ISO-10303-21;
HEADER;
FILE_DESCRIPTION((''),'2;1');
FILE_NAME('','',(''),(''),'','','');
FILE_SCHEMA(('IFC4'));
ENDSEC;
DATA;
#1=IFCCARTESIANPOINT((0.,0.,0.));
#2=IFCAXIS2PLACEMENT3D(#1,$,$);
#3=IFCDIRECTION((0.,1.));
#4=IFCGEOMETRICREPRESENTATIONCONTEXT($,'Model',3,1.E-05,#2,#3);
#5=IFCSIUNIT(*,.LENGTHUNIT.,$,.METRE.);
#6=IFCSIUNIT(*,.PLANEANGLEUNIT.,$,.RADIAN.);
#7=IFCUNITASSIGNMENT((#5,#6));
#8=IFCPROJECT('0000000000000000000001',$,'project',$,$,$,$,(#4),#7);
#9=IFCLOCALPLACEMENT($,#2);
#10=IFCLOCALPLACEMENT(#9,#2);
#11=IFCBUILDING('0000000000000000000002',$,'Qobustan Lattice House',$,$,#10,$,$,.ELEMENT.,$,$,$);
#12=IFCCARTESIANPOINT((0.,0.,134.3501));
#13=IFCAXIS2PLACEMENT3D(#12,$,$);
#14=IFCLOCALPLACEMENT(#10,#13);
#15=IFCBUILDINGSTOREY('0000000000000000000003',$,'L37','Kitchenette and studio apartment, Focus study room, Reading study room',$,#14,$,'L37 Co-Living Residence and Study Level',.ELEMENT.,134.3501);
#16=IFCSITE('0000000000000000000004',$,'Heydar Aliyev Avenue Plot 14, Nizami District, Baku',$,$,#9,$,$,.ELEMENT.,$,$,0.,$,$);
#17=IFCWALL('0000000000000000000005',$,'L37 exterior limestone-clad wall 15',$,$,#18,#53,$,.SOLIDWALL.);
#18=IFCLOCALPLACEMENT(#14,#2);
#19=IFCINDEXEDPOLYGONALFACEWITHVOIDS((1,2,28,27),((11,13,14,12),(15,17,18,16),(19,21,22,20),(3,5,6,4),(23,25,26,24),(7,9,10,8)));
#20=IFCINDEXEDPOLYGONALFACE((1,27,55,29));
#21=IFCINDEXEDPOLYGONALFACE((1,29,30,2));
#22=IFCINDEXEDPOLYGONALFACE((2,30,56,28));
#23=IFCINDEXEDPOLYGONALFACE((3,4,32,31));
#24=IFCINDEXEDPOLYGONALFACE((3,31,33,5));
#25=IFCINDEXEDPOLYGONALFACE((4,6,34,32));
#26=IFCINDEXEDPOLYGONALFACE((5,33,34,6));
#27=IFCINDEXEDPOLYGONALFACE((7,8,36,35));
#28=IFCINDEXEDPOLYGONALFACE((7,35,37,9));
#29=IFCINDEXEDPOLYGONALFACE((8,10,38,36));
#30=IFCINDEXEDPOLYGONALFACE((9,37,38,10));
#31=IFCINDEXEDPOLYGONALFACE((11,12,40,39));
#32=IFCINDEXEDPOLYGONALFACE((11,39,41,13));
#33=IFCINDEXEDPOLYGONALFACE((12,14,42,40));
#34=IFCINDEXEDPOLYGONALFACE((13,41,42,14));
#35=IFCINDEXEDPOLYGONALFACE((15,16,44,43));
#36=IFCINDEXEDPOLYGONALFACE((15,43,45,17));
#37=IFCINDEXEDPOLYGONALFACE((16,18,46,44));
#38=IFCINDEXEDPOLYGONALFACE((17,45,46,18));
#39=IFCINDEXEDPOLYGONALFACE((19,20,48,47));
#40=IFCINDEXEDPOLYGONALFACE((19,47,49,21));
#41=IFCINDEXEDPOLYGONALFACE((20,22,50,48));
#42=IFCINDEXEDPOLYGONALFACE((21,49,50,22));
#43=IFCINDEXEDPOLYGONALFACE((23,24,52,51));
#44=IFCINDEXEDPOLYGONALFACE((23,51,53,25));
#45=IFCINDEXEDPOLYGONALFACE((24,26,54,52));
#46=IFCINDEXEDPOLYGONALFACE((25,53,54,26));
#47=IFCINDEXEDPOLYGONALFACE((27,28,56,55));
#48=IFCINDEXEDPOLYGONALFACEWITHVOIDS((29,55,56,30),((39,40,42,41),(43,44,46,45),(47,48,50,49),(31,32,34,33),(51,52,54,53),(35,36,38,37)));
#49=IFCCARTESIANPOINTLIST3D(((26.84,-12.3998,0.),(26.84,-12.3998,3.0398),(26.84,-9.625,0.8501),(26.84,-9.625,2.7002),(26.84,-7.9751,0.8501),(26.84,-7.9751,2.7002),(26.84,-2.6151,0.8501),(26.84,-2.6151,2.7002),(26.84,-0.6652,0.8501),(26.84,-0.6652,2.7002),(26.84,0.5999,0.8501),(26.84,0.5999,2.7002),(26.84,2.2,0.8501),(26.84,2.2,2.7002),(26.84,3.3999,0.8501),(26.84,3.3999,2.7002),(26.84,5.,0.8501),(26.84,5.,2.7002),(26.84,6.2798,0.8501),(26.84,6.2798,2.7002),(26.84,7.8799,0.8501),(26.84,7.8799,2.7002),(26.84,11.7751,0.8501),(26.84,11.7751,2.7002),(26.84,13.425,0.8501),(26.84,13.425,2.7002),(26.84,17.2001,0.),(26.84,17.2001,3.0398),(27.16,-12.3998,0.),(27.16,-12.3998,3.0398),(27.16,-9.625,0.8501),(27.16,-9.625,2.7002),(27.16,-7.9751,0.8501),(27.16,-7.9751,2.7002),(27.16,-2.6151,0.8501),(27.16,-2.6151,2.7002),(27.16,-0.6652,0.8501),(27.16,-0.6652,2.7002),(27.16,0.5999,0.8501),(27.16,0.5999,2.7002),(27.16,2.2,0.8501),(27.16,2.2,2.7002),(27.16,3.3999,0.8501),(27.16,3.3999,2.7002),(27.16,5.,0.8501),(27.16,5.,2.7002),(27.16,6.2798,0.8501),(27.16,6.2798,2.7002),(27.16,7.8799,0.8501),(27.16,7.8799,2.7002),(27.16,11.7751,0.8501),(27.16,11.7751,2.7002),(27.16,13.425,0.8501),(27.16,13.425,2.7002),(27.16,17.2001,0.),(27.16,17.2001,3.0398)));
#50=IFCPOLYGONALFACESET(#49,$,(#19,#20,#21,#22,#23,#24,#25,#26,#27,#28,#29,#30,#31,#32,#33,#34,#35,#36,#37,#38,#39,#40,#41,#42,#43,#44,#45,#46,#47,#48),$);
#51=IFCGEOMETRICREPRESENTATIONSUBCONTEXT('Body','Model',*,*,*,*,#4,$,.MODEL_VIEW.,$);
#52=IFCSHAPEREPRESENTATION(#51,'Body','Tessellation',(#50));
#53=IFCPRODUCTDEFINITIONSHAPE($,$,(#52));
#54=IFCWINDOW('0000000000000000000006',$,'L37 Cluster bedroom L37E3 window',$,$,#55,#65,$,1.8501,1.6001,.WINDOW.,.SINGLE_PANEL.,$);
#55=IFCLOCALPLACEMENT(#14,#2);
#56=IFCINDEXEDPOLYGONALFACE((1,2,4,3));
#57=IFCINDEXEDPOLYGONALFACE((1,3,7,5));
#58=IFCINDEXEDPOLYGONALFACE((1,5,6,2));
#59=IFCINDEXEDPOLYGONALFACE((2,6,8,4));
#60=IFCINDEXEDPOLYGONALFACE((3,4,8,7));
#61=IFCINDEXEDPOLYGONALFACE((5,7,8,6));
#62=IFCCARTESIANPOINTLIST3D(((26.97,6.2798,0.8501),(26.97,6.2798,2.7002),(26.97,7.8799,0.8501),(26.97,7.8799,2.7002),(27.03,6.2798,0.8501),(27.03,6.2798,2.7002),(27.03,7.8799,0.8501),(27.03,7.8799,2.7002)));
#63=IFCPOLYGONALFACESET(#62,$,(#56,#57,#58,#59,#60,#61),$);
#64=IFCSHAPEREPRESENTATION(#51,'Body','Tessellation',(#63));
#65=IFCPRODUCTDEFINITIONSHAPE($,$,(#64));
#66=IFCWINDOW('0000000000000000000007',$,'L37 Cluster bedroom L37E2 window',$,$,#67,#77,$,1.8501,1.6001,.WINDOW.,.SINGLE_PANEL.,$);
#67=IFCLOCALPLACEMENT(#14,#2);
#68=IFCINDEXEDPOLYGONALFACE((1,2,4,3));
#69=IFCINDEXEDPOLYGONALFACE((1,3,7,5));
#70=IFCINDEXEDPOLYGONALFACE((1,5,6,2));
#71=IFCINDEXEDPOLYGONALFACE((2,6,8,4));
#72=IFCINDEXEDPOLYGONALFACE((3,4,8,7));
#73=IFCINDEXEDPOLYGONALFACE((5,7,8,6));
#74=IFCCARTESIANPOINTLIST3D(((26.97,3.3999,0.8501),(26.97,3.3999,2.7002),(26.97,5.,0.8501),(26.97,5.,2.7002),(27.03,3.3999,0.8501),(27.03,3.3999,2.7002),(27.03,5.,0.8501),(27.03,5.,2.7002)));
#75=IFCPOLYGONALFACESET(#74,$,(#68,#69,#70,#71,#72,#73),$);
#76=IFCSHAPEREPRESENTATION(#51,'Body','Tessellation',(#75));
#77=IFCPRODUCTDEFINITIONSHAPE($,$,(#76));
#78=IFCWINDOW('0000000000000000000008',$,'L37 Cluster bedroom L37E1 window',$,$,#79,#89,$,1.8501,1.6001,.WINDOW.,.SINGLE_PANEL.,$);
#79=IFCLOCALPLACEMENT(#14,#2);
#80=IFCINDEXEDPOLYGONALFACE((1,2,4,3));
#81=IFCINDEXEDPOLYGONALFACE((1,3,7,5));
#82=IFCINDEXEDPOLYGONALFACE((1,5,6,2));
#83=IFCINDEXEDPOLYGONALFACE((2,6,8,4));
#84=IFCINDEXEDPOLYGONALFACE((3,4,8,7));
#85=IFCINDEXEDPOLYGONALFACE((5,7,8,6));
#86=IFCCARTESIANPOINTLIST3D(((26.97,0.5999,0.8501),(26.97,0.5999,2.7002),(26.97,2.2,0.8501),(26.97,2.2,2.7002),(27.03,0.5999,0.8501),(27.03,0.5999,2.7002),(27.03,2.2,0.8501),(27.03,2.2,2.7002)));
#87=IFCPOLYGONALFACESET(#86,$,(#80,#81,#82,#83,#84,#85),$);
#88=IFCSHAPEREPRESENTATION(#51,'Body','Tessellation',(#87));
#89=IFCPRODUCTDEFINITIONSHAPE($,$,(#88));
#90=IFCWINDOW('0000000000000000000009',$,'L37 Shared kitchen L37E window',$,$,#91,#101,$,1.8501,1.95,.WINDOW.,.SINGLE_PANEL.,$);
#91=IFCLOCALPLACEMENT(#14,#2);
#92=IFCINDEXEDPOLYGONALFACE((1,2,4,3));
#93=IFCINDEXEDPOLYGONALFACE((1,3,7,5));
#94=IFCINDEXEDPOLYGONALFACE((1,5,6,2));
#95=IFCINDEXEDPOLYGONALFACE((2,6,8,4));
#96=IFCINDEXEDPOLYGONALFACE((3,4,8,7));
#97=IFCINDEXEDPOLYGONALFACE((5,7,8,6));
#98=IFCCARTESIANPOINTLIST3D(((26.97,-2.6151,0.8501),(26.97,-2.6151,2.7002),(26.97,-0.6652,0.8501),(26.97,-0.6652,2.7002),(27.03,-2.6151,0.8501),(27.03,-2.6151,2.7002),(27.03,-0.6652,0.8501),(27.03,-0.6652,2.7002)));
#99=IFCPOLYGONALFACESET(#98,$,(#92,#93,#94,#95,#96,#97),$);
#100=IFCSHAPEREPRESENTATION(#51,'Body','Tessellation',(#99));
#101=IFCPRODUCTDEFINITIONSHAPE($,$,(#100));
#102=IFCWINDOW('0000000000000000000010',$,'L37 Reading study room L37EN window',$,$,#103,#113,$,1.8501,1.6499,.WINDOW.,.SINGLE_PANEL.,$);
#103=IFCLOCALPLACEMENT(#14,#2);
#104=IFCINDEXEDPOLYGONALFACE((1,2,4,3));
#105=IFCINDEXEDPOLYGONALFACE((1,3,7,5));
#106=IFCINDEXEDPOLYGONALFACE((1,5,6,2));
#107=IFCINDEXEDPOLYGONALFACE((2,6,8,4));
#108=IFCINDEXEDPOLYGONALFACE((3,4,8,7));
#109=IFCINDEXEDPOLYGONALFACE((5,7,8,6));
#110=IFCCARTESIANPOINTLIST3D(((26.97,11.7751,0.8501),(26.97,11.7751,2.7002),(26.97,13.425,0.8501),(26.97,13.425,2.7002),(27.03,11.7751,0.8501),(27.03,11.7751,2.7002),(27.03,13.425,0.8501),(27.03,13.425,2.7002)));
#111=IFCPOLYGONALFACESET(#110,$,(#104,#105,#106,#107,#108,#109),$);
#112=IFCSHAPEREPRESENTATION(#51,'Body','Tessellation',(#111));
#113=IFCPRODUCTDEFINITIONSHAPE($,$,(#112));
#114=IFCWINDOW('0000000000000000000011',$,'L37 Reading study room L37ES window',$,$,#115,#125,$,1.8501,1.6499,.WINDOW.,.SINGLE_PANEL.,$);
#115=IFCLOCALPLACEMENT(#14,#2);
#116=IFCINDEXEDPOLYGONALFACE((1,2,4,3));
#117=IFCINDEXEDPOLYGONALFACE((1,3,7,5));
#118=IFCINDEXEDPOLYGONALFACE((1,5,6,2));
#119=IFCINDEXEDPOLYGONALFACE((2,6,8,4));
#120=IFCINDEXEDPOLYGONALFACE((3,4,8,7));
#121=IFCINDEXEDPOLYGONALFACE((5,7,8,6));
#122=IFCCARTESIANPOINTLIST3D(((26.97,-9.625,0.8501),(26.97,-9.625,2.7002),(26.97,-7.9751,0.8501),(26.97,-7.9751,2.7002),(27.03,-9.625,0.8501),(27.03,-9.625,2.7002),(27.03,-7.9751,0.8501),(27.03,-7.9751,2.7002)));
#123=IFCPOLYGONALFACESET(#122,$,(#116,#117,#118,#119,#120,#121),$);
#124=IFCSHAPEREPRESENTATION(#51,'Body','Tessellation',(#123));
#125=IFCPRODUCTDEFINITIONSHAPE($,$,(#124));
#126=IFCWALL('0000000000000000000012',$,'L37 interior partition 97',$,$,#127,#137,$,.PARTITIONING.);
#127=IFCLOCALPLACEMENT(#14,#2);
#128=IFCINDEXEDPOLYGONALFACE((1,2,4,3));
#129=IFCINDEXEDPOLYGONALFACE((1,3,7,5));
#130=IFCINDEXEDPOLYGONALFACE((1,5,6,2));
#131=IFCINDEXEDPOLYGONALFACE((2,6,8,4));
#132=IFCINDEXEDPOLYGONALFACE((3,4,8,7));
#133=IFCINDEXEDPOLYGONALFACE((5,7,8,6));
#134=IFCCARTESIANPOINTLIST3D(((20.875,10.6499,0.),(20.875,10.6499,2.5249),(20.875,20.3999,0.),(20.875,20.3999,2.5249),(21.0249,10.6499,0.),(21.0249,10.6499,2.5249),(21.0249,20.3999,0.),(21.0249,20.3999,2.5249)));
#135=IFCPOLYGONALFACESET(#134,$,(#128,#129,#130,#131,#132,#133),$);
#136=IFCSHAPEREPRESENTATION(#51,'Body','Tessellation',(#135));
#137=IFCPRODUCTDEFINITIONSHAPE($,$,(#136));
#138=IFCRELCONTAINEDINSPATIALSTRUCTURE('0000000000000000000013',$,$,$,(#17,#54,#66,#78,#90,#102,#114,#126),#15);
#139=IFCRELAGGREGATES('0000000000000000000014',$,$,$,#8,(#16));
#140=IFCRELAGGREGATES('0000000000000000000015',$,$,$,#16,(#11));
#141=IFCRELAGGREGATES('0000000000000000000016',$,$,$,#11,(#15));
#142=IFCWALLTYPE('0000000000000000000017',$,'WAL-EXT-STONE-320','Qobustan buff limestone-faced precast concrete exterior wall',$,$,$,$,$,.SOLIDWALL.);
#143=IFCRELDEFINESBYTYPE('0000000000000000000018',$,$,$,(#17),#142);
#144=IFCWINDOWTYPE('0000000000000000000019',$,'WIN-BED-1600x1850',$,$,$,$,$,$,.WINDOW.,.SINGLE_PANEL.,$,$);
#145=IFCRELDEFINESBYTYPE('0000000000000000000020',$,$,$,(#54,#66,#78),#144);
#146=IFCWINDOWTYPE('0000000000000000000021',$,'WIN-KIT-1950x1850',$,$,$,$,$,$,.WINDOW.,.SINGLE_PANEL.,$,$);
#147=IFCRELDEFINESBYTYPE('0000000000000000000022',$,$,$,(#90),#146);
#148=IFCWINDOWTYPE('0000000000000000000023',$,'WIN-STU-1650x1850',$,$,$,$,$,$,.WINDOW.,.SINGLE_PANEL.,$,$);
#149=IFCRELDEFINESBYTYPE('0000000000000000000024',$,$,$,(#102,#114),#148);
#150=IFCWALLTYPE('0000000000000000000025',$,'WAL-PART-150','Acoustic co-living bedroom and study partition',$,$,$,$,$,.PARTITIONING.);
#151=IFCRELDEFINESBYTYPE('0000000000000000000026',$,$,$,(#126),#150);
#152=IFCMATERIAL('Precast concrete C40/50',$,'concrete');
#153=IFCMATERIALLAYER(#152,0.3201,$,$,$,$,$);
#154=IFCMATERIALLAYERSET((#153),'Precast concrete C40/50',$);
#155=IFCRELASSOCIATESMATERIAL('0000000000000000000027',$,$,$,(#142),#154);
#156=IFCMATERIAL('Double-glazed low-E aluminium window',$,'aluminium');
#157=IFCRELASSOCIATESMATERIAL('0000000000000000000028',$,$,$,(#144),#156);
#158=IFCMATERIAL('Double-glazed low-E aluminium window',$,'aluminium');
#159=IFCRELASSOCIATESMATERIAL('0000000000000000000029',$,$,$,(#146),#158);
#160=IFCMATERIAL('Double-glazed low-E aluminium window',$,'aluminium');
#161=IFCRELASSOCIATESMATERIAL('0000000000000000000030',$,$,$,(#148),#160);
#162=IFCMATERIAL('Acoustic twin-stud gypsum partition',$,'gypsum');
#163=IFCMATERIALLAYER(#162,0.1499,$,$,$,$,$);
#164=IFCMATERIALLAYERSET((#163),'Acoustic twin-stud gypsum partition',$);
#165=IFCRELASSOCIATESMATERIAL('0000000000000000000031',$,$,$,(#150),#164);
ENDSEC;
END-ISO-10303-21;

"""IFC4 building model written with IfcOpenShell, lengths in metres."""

from ifc_helpers import new_model, si_unit, direction, frame, frame_2d, origin, place, context, subcontext, project, spatial, rectangle, extrude, material, layer, layer_set, type_object, element, fill, save


model = new_model("IFC4")

# Units and contexts
model_context = context("Model", 3, precision=1e-05, world=origin(), true_north=direction((0.0, 1.0)))
body_context = subcontext(model_context, "Body", "Model", "MODEL_VIEW")
ifc_project = project(units=[si_unit("LENGTHUNIT", "METRE"), si_unit("PLANEANGLEUNIT", "RADIAN")], contexts=[model_context])

# Site, building, storey
site_placement = place(None, origin())
site = spatial("IfcSite", under=ifc_project, at=site_placement, Name="Heydar Aliyev Avenue Plot 14, Nizami District, Baku", CompositionType="ELEMENT", RefElevation=0.0)
building_placement = place(site_placement, origin())
building = spatial("IfcBuilding", under=site, at=building_placement, Name="Qobustan Lattice House", CompositionType="ELEMENT")
storey_placement = place(building_placement, frame((0.0, 0.0, 134.3501)))
storey = spatial("IfcBuildingStorey", under=building, at=storey_placement, Name="L37", Description="Kitchenette and studio apartment, Focus study room, Reading study room", LongName="L37 Co-Living Residence and Study Level", CompositionType="ELEMENT", Elevation=134.3501)

# Shared definitions
ifc_material_1 = material(Name="Precast concrete C40/50", Category="concrete")
ifc_layer_1 = layer(ifc_material_1, 0.3201)
ifc_layer_set_1 = layer_set([ifc_layer_1], Name="Precast concrete C40/50")
wall_type_1 = type_object("IfcWallType", Name="WAL-EXT-STONE-320", Description="Qobustan buff limestone-faced precast concrete exterior wall", PredefinedType="SOLIDWALL", material=ifc_layer_set_1)

# Wall, openings, windows
wall_1_placement = place(storey_placement, frame((27.0, 17.2, 0.0), z_axis=(0.0, 0.0, 1.0), x_axis=(0.0, -1.0, 0.0)))
wall_1 = element("IfcWall", 1, at=wall_1_placement, inside=storey, type_object=wall_type_1, Name="L37 exterior limestone-clad wall 15", PredefinedType="SOLIDWALL", context=body_context, shape_type="SweptSolid", body=[
    extrude(rectangle(XDim=29.5999, YDim=0.3201, at=frame_2d((14.7998, 0.0))), origin(), (0.0, 0.0, 1.0), 3.0398),
])
opening_1_placement = place(wall_1_placement, frame((3.7749, 0.0, 0.8501)))
opening_1 = element("IfcOpeningElement", 2, at=opening_1_placement, cuts=wall_1, PredefinedType="OPENING", context=body_context, shape_type="SweptSolid", body=[
    extrude(rectangle(XDim=1.6499, YDim=1.8501, at=frame_2d((0.825, 0.925))), frame((0.0, 0.1699, 0.0), z_axis=(0.0, -1.0, 0.0), x_axis=(1.0, 0.0, 0.0)), (0.0, 0.0, 1.0), 0.3401),
])
opening_2_placement = place(wall_1_placement, frame((9.3201, 0.0, 0.8501)))
opening_2 = element("IfcOpeningElement", 3, at=opening_2_placement, cuts=wall_1, PredefinedType="OPENING", context=body_context, shape_type="SweptSolid", body=[
    extrude(rectangle(XDim=1.6001, YDim=1.8501, at=frame_2d((0.8, 0.925))), frame((0.0, 0.1699, 0.0), z_axis=(0.0, -1.0, 0.0), x_axis=(1.0, 0.0, 0.0)), (0.0, 0.0, 1.0), 0.3401),
])
opening_3_placement = place(wall_1_placement, frame((12.2, 0.0, 0.8501)))
opening_3 = element("IfcOpeningElement", 4, at=opening_3_placement, cuts=wall_1, PredefinedType="OPENING", context=body_context, shape_type="SweptSolid", body=[
    extrude(rectangle(XDim=1.6001, YDim=1.8501, at=frame_2d((0.8, 0.925))), frame((0.0, 0.1699, 0.0), z_axis=(0.0, -1.0, 0.0), x_axis=(1.0, 0.0, 0.0)), (0.0, 0.0, 1.0), 0.3401),
])
opening_4_placement = place(wall_1_placement, frame((15.0, 0.0, 0.8501)))
opening_4 = element("IfcOpeningElement", 5, at=opening_4_placement, cuts=wall_1, PredefinedType="OPENING", context=body_context, shape_type="SweptSolid", body=[
    extrude(rectangle(XDim=1.6001, YDim=1.8501, at=frame_2d((0.8, 0.925))), frame((0.0, 0.1699, 0.0), z_axis=(0.0, -1.0, 0.0), x_axis=(1.0, 0.0, 0.0)), (0.0, 0.0, 1.0), 0.3401),
])
opening_5_placement = place(wall_1_placement, frame((17.865, 0.0, 0.8501)))
opening_5 = element("IfcOpeningElement", 6, at=opening_5_placement, cuts=wall_1, PredefinedType="OPENING", context=body_context, shape_type="SweptSolid", body=[
    extrude(rectangle(XDim=1.95, YDim=1.8501, at=frame_2d((0.9751, 0.925))), frame((0.0, 0.1699, 0.0), z_axis=(0.0, -1.0, 0.0), x_axis=(1.0, 0.0, 0.0)), (0.0, 0.0, 1.0), 0.3401),
])
opening_6_placement = place(wall_1_placement, frame((25.175, 0.0, 0.8501)))
opening_6 = element("IfcOpeningElement", 7, at=opening_6_placement, cuts=wall_1, PredefinedType="OPENING", context=body_context, shape_type="SweptSolid", body=[
    extrude(rectangle(XDim=1.6499, YDim=1.8501, at=frame_2d((0.825, 0.925))), frame((0.0, 0.1699, 0.0), z_axis=(0.0, -1.0, 0.0), x_axis=(1.0, 0.0, 0.0)), (0.0, 0.0, 1.0), 0.3401),
])
ifc_material_2 = material(Name="Double-glazed low-E aluminium window", Category="aluminium")
window_type_1 = type_object("IfcWindowType", Name="WIN-BED-1600x1850", PartitioningType="SINGLE_PANEL", PredefinedType="WINDOW", material=ifc_material_2)
window_1_placement = place(opening_2_placement, origin())
window_1 = element("IfcWindow", 8, at=window_1_placement, inside=storey, type_object=window_type_1, Name="L37 Cluster bedroom L37E3 window", OverallHeight=1.8501, OverallWidth=1.6001, PartitioningType="SINGLE_PANEL", PredefinedType="WINDOW", context=body_context, shape_type="SweptSolid", body=[
    extrude(rectangle(XDim=1.6001, YDim=1.8501, at=frame_2d((0.8, 0.925))), frame((0.0, 0.03, 0.0), z_axis=(0.0, -1.0, 0.0), x_axis=(1.0, 0.0, 0.0)), (0.0, 0.0, 1.0), 0.0601),
])
fill(opening_2, window_1)
window_2_placement = place(opening_3_placement, origin())
window_2 = element("IfcWindow", 9, at=window_2_placement, inside=storey, type_object=window_type_1, Name="L37 Cluster bedroom L37E2 window", OverallHeight=1.8501, OverallWidth=1.6001, PartitioningType="SINGLE_PANEL", PredefinedType="WINDOW", context=body_context, shape_type="SweptSolid", body=[
    extrude(rectangle(XDim=1.6001, YDim=1.8501, at=frame_2d((0.8, 0.925))), frame((0.0, 0.03, 0.0), z_axis=(0.0, -1.0, 0.0), x_axis=(1.0, 0.0, 0.0)), (0.0, 0.0, 1.0), 0.0601),
])
fill(opening_3, window_2)
window_3_placement = place(opening_4_placement, origin())
window_3 = element("IfcWindow", 10, at=window_3_placement, inside=storey, type_object=window_type_1, Name="L37 Cluster bedroom L37E1 window", OverallHeight=1.8501, OverallWidth=1.6001, PartitioningType="SINGLE_PANEL", PredefinedType="WINDOW", context=body_context, shape_type="SweptSolid", body=[
    extrude(rectangle(XDim=1.6001, YDim=1.8501, at=frame_2d((0.8, 0.925))), frame((0.0, 0.03, 0.0), z_axis=(0.0, -1.0, 0.0), x_axis=(1.0, 0.0, 0.0)), (0.0, 0.0, 1.0), 0.0601),
])
fill(opening_4, window_3)
ifc_material_3 = material(Name="Double-glazed low-E aluminium window", Category="aluminium")
window_type_2 = type_object("IfcWindowType", Name="WIN-KIT-1950x1850", PartitioningType="SINGLE_PANEL", PredefinedType="WINDOW", material=ifc_material_3)
window_4_placement = place(opening_5_placement, origin())
window_4 = element("IfcWindow", 11, at=window_4_placement, inside=storey, type_object=window_type_2, Name="L37 Shared kitchen L37E window", OverallHeight=1.8501, OverallWidth=1.95, PartitioningType="SINGLE_PANEL", PredefinedType="WINDOW", context=body_context, shape_type="SweptSolid", body=[
    extrude(rectangle(XDim=1.95, YDim=1.8501, at=frame_2d((0.9751, 0.925))), frame((0.0, 0.03, 0.0), z_axis=(0.0, -1.0, 0.0), x_axis=(1.0, 0.0, 0.0)), (0.0, 0.0, 1.0), 0.0601),
])
fill(opening_5, window_4)
ifc_material_4 = material(Name="Double-glazed low-E aluminium window", Category="aluminium")
window_type_3 = type_object("IfcWindowType", Name="WIN-STU-1650x1850", PartitioningType="SINGLE_PANEL", PredefinedType="WINDOW", material=ifc_material_4)
window_5_placement = place(opening_1_placement, origin())
window_5 = element("IfcWindow", 12, at=window_5_placement, inside=storey, type_object=window_type_3, Name="L37 Reading study room L37EN window", OverallHeight=1.8501, OverallWidth=1.6499, PartitioningType="SINGLE_PANEL", PredefinedType="WINDOW", context=body_context, shape_type="SweptSolid", body=[
    extrude(rectangle(XDim=1.6499, YDim=1.8501, at=frame_2d((0.825, 0.925))), frame((0.0, 0.03, 0.0), z_axis=(0.0, -1.0, 0.0), x_axis=(1.0, 0.0, 0.0)), (0.0, 0.0, 1.0), 0.0601),
])
fill(opening_1, window_5)
window_6_placement = place(opening_6_placement, origin())
window_6 = element("IfcWindow", 13, at=window_6_placement, inside=storey, type_object=window_type_3, Name="L37 Reading study room L37ES window", OverallHeight=1.8501, OverallWidth=1.6499, PartitioningType="SINGLE_PANEL", PredefinedType="WINDOW", context=body_context, shape_type="SweptSolid", body=[
    extrude(rectangle(XDim=1.6499, YDim=1.8501, at=frame_2d((0.825, 0.925))), frame((0.0, 0.03, 0.0), z_axis=(0.0, -1.0, 0.0), x_axis=(1.0, 0.0, 0.0)), (0.0, 0.0, 1.0), 0.0601),
])
fill(opening_6, window_6)

# Wall
ifc_material_5 = material(Name="Acoustic twin-stud gypsum partition", Category="gypsum")
ifc_layer_2 = layer(ifc_material_5, 0.1499)
ifc_layer_set_2 = layer_set([ifc_layer_2], Name="Acoustic twin-stud gypsum partition")
wall_type_2 = type_object("IfcWallType", Name="WAL-PART-150", Description="Acoustic co-living bedroom and study partition", PredefinedType="PARTITIONING", material=ifc_layer_set_2)
wall_2_placement = place(storey_placement, frame((20.95, 10.6499, 0.0), z_axis=(0.0, 0.0, 1.0), x_axis=(0.0, 1.0, 0.0)))
element("IfcWall", 14, at=wall_2_placement, inside=storey, type_object=wall_type_2, Name="L37 interior partition 97", PredefinedType="PARTITIONING", context=body_context, shape_type="SweptSolid", body=[
    extrude(rectangle(XDim=9.75, YDim=0.1499, at=frame_2d((4.875, 0.0))), origin(), (0.0, 0.0, 1.0), 2.5249),
])

save(model, "model.ifc")
